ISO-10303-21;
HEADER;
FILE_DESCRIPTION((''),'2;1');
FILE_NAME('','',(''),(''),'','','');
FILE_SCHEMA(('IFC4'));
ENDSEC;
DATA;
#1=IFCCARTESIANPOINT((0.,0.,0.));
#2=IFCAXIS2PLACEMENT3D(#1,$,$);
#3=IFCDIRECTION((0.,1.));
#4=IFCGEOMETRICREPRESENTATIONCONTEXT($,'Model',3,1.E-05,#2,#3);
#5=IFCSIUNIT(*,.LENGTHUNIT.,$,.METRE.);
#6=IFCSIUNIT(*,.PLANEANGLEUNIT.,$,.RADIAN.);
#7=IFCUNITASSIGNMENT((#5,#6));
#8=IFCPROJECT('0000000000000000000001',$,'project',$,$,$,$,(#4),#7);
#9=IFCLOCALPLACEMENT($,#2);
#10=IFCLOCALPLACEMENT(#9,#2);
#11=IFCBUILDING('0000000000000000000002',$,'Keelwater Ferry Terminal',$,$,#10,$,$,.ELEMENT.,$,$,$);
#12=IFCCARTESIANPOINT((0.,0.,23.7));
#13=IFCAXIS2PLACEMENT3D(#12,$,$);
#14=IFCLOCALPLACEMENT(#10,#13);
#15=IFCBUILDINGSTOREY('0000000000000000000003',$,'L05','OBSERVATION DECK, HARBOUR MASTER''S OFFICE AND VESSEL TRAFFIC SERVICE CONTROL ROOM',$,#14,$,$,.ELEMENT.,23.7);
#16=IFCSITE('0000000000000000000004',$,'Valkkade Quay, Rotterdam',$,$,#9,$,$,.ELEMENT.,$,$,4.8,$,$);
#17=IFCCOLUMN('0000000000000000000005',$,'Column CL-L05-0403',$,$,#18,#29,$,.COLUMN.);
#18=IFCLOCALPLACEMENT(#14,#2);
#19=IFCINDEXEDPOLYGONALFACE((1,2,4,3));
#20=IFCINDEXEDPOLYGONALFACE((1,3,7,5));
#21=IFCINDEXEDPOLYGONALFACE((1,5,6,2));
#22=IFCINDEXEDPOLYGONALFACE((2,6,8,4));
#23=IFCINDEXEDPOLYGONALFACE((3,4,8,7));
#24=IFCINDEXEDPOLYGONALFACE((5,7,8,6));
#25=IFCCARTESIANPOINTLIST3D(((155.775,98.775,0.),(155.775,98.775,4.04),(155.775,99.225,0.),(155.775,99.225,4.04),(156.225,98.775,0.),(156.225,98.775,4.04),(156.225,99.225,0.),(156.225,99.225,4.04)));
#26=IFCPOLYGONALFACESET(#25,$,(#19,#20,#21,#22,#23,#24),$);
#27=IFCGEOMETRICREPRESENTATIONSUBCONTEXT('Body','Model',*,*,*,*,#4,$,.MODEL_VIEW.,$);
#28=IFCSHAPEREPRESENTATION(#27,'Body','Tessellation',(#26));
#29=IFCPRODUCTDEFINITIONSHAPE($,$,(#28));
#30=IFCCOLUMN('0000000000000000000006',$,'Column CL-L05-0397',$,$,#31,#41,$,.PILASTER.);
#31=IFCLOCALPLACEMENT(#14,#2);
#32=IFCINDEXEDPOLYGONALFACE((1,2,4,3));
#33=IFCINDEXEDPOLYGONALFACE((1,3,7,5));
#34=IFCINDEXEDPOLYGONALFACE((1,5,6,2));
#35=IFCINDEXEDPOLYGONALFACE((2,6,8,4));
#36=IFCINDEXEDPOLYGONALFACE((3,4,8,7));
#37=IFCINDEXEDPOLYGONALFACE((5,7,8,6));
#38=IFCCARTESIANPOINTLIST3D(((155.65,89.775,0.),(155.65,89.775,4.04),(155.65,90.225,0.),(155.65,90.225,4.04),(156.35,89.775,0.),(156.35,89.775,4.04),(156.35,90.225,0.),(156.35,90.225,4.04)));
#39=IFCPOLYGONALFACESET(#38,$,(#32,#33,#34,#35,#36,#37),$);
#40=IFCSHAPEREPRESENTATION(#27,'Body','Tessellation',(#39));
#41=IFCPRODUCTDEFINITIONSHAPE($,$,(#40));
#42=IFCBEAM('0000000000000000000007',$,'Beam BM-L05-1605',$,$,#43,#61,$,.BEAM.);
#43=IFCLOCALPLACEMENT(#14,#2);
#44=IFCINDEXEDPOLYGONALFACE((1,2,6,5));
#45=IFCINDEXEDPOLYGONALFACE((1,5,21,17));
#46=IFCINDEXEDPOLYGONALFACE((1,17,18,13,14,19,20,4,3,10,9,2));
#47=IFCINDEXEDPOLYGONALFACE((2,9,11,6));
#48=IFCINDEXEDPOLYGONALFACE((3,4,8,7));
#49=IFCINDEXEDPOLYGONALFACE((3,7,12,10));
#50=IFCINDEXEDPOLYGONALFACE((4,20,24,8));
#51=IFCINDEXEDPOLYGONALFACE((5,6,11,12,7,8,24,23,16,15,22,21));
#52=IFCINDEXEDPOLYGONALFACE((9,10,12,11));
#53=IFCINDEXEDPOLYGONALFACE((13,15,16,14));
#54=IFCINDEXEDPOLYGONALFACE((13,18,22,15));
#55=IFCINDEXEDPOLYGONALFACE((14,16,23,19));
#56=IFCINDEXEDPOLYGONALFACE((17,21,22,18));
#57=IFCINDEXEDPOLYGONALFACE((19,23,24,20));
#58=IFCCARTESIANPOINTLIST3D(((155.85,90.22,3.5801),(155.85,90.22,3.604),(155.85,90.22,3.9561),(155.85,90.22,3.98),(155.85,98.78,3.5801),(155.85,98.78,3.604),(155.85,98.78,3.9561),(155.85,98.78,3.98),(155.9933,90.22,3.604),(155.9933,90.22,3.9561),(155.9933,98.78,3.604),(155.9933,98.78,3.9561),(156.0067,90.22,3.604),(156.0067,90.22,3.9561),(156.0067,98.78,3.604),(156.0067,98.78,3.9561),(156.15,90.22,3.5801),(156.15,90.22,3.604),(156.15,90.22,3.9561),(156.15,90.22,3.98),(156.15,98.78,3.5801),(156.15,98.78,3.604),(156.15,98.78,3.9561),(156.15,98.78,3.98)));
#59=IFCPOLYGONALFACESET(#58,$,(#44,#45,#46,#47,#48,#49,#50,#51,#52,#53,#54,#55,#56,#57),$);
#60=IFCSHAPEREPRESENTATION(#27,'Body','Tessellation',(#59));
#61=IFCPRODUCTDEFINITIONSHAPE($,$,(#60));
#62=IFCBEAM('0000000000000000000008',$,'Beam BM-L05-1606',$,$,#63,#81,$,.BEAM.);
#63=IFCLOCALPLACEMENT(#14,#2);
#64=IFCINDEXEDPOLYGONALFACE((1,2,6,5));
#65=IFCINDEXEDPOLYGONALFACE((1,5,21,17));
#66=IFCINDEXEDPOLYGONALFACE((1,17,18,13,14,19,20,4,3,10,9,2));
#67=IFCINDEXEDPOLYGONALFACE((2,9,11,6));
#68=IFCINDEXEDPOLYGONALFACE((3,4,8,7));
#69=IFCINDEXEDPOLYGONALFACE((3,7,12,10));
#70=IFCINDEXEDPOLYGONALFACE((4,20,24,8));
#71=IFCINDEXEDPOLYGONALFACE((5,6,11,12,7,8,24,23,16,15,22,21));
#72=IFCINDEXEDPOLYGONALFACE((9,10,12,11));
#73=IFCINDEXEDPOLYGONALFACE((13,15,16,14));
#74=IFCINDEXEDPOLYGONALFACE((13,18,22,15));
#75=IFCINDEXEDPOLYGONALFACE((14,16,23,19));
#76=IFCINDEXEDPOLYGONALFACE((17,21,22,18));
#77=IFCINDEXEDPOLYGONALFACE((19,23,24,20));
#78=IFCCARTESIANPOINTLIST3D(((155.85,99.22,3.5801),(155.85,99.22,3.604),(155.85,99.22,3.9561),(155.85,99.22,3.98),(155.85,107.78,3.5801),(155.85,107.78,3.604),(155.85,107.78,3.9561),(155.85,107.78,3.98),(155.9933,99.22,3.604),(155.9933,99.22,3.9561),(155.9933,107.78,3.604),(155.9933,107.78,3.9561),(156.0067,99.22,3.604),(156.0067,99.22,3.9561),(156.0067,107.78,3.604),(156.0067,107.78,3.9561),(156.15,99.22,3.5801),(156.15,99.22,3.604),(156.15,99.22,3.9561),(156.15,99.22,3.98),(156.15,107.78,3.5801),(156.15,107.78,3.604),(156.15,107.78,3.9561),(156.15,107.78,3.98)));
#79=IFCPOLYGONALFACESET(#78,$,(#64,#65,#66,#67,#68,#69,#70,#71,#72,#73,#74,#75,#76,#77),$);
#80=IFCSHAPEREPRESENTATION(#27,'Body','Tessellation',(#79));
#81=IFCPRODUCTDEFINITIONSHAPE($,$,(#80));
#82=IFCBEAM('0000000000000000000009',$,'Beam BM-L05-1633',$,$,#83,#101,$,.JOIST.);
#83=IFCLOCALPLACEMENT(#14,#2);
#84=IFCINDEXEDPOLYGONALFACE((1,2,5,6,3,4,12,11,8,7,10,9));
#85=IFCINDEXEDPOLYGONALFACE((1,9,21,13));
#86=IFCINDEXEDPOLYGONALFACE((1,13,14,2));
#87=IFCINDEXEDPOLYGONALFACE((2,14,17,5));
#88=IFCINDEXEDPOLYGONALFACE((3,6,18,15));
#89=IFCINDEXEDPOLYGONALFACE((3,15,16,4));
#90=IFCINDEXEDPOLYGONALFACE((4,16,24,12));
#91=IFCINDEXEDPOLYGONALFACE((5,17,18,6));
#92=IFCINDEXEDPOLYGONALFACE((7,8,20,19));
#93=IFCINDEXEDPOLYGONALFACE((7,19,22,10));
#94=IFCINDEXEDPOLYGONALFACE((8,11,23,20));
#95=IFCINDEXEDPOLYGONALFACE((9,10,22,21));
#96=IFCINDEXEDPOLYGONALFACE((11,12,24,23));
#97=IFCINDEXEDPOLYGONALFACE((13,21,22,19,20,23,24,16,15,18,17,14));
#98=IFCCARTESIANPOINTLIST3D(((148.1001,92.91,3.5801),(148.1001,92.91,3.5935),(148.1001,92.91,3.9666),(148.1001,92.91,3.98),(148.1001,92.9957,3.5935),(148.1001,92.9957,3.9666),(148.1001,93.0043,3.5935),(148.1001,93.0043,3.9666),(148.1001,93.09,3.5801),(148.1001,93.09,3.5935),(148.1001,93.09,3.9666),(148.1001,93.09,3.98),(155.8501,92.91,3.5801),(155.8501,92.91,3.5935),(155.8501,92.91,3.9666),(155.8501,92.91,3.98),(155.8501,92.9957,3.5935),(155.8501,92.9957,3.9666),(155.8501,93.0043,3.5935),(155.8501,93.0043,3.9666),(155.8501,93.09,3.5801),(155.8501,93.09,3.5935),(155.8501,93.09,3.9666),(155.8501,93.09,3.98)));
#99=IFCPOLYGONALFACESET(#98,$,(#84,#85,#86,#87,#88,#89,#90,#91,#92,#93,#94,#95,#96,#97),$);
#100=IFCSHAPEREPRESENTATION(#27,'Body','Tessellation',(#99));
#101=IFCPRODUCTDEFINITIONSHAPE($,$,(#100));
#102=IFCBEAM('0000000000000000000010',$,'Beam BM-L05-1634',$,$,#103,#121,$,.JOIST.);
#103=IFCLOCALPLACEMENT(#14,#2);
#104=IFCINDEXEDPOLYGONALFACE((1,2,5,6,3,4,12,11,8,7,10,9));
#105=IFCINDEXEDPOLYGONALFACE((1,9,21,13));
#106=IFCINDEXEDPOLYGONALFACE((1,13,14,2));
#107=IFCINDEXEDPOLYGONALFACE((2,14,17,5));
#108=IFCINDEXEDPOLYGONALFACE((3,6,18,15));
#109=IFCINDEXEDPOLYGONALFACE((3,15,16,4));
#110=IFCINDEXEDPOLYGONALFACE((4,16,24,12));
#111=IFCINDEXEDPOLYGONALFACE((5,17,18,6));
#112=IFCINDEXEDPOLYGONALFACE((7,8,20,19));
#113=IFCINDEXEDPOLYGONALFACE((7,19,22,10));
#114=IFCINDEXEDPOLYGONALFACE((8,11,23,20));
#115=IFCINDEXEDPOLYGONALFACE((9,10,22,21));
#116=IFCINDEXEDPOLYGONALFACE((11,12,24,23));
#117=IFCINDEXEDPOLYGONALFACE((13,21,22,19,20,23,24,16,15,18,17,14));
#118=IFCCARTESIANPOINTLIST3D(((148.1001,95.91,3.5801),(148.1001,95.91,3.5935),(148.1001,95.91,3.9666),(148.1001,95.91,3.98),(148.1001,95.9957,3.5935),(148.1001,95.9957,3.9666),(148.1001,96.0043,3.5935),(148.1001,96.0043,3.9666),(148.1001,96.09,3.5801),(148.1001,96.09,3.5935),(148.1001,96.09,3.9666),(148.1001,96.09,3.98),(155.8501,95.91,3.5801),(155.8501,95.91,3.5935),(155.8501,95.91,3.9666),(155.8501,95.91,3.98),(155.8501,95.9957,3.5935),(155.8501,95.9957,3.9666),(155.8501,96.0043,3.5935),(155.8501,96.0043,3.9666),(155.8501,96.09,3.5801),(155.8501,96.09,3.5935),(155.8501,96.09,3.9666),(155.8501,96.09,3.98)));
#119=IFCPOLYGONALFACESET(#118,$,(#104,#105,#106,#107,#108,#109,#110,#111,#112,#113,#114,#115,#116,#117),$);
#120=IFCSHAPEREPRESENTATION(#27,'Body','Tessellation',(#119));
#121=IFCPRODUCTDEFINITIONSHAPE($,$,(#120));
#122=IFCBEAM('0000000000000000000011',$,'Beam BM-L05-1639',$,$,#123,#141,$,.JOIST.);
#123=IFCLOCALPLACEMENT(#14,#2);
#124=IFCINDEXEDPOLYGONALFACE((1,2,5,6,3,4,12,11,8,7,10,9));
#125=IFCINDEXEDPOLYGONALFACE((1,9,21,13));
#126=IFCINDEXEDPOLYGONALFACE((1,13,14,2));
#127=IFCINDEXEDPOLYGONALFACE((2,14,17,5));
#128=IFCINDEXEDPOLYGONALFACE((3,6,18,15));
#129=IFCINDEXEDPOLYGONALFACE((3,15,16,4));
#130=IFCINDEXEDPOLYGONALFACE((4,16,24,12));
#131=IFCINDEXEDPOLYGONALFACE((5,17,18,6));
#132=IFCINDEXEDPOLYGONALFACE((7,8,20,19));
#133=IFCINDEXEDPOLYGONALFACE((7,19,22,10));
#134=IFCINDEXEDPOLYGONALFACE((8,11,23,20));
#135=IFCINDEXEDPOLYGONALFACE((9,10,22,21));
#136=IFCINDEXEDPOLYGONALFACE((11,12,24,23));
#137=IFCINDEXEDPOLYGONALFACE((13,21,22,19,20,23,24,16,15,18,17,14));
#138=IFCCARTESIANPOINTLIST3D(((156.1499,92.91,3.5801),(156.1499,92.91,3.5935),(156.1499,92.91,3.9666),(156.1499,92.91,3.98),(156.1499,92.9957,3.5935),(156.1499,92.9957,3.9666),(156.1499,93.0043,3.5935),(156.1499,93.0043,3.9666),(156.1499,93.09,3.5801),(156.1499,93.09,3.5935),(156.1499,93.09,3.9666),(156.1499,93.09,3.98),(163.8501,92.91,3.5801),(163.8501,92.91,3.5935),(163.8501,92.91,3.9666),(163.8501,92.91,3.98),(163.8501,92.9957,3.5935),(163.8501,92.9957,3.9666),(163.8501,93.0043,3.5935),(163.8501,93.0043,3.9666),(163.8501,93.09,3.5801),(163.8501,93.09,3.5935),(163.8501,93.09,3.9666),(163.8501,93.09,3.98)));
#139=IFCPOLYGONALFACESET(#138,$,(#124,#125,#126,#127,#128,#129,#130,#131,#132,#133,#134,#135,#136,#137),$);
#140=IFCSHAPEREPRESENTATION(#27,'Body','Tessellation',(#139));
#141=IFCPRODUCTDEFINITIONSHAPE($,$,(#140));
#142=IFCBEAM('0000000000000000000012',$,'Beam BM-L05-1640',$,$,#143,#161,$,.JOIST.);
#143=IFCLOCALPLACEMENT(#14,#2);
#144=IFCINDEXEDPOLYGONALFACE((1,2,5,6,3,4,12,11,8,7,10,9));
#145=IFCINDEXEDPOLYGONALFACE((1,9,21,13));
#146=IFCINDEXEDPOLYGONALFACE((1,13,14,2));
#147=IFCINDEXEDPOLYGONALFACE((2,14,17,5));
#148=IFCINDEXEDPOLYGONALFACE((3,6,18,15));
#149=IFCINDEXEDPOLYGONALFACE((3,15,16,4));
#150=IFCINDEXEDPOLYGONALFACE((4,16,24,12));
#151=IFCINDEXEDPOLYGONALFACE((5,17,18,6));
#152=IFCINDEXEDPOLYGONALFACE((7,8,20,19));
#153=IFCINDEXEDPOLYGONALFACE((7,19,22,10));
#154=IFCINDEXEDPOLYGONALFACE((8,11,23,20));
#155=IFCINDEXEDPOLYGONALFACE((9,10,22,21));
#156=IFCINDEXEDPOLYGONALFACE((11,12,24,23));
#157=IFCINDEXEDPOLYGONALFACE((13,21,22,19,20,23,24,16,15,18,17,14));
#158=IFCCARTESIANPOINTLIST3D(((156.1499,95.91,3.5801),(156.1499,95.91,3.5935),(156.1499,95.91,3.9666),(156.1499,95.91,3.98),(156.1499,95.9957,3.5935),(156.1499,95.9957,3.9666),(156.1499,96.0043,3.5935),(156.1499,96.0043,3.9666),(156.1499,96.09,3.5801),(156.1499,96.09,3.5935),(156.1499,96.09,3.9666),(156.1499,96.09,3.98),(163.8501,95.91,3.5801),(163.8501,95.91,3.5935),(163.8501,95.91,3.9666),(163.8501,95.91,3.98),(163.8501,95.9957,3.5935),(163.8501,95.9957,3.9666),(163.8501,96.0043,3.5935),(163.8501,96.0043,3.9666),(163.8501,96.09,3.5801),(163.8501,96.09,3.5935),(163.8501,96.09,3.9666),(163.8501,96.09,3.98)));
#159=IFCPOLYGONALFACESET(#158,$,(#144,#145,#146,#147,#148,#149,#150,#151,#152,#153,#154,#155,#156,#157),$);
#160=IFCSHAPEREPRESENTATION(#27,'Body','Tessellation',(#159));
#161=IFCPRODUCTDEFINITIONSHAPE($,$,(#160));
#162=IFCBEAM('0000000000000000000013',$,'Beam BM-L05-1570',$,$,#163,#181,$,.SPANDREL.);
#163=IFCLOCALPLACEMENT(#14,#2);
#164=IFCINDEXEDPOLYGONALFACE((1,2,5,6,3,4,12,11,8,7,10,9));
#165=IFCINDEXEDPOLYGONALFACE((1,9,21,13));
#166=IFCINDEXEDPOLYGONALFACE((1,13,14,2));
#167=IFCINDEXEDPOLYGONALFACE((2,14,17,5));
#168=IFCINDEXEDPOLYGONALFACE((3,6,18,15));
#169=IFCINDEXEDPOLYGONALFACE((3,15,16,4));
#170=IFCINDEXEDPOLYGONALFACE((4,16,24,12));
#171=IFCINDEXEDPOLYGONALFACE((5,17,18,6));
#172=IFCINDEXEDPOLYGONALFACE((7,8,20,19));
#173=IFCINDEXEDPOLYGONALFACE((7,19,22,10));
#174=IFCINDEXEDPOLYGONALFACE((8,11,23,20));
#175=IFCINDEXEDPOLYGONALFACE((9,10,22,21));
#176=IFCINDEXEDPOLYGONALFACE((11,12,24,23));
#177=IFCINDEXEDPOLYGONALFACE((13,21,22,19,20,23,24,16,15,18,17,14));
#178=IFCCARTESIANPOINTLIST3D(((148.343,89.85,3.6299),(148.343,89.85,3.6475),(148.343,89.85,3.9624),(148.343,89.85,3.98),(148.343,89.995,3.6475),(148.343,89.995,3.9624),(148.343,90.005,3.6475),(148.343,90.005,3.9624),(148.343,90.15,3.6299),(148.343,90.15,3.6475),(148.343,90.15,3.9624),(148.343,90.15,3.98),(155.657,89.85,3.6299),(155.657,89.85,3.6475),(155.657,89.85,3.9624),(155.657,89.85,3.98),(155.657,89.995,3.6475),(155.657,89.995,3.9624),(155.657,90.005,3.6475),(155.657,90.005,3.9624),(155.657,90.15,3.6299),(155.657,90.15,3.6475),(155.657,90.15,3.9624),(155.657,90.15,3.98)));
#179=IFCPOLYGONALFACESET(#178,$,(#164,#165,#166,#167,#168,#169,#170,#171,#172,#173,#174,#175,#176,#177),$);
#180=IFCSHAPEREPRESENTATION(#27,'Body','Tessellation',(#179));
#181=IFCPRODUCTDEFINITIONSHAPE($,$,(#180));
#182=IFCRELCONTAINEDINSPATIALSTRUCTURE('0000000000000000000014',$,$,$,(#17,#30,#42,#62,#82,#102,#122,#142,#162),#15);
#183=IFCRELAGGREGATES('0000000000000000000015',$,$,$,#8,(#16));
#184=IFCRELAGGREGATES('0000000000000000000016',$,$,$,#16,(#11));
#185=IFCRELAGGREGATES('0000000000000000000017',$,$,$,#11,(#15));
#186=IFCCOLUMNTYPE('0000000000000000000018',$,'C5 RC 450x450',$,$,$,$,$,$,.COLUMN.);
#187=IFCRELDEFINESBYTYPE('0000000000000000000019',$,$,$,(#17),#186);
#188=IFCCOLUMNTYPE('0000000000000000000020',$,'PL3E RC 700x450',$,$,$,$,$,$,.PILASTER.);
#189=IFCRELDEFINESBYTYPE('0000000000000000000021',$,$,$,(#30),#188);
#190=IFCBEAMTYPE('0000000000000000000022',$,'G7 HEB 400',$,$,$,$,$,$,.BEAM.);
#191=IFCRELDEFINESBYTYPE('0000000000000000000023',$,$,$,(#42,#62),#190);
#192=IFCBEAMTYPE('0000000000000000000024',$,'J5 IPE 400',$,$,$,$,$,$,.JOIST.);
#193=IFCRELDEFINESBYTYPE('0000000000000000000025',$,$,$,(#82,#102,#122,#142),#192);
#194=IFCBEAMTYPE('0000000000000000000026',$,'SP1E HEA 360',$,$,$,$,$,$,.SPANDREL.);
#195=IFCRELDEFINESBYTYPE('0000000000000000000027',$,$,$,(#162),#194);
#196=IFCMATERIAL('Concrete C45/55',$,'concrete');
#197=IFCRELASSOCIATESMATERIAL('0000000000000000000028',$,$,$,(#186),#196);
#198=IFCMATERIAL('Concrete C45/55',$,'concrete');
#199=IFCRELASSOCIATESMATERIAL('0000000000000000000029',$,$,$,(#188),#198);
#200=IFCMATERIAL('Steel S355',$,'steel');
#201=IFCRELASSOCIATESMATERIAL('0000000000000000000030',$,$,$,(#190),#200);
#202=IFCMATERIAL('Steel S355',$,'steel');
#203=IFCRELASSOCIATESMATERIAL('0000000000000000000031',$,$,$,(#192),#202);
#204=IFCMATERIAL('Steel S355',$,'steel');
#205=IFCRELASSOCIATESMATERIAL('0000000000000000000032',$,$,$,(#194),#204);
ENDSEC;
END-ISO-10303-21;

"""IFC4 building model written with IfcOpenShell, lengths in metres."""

from ifc_helpers import new_model, si_unit, direction, frame, origin, origin_2d, place, context, subcontext, project, spatial, rectangle, i_section, extrude, material, material_profile, profile_set, type_object, element, save


model = new_model("IFC4")

# Units and contexts
model_context = context("Model", 3, precision=1e-05, world=origin(), true_north=direction((0.0, 1.0)))
body_context = subcontext(model_context, "Body", "Model", "MODEL_VIEW")
ifc_project = project(units=[si_unit("LENGTHUNIT", "METRE"), si_unit("PLANEANGLEUNIT", "RADIAN")], contexts=[model_context])

# Site, building, storey
site_placement = place(None, origin())
site = spatial("IfcSite", under=ifc_project, at=site_placement, Name="Valkkade Quay, Rotterdam", CompositionType="ELEMENT", RefElevation=4.8)
building_placement = place(site_placement, origin())
building = spatial("IfcBuilding", under=site, at=building_placement, Name="Keelwater Ferry Terminal", CompositionType="ELEMENT")
storey_placement = place(building_placement, frame((0.0, 0.0, 23.7)))
storey = spatial("IfcBuildingStorey", under=building, at=storey_placement, Name="L05", Description="OBSERVATION DECK, HARBOUR MASTER'S OFFICE AND VESSEL TRAFFIC SERVICE CONTROL ROOM", CompositionType="ELEMENT", Elevation=23.7)

# Columns
ifc_material_1 = material(Name="Concrete C45/55", Category="concrete")
ifc_material_profile_1 = material_profile(ifc_material_1, rectangle(XDim=0.45, YDim=0.45, at=origin_2d()), Name="RC 450x450")
ifc_profile_set_1 = profile_set([ifc_material_profile_1], Name="Concrete C45/55")
column_type_1 = type_object("IfcColumnType", Name="C5 RC 450x450", PredefinedType="COLUMN", material=ifc_profile_set_1)
column_1_placement = place(storey_placement, frame((156.0, 99.0, 0.0), z_axis=(0.0, 0.0, 1.0), x_axis=(1.0, 0.0, 0.0)))
element("IfcColumn", 1, at=column_1_placement, inside=storey, type_object=column_type_1, Name="Column CL-L05-0403", PredefinedType="COLUMN", context=body_context, shape_type="SweptSolid", body=[
    extrude(rectangle(XDim=0.45, YDim=0.45, at=origin_2d()), origin(), (0.0, 0.0, 1.0), 4.04),
])
ifc_material_2 = material(Name="Concrete C45/55", Category="concrete")
ifc_material_profile_2 = material_profile(ifc_material_2, rectangle(XDim=0.45, YDim=0.7, at=origin_2d()), Name="RC 700x450")
ifc_profile_set_2 = profile_set([ifc_material_profile_2], Name="Concrete C45/55")
column_type_2 = type_object("IfcColumnType", Name="PL3E RC 700x450", PredefinedType="PILASTER", material=ifc_profile_set_2)
column_2_placement = place(storey_placement, frame((156.0, 90.0, 0.0), z_axis=(0.0, 0.0, 1.0), x_axis=(0.0, 1.0, 0.0)))
element("IfcColumn", 2, at=column_2_placement, inside=storey, type_object=column_type_2, Name="Column CL-L05-0397", PredefinedType="PILASTER", context=body_context, shape_type="SweptSolid", body=[
    extrude(rectangle(XDim=0.45, YDim=0.7, at=origin_2d()), origin(), (0.0, 0.0, 1.0), 4.04),
])

# Beams
ifc_material_3 = material(Name="Steel S355", Category="steel")
ifc_material_profile_3 = material_profile(ifc_material_3, i_section(OverallWidth=0.3, OverallDepth=0.3999, WebThickness=0.0134, FlangeThickness=0.0239, at=origin_2d()), Name="HEB 400")
ifc_profile_set_3 = profile_set([ifc_material_profile_3], Name="Steel S355")
beam_type_1 = type_object("IfcBeamType", Name="G7 HEB 400", PredefinedType="BEAM", material=ifc_profile_set_3)
for number, where, z_axis, x_axis, name in (
    (3, (156.0, 90.22, 3.78), (0.0, 1.0, 0.0), (-1.0, 0.0, 0.0), "Beam BM-L05-1605"),
    (4, (156.0, 99.22, 3.78), (0.0, 1.0, 0.0), (-1.0, 0.0, 0.0), "Beam BM-L05-1606"),
):
    element("IfcBeam", number, at=place(storey_placement, frame(where, z_axis=z_axis, x_axis=x_axis)), inside=storey, type_object=beam_type_1, Name=name, PredefinedType="BEAM", context=body_context, shape_type="SweptSolid", body=[
        extrude(i_section(OverallWidth=0.3, OverallDepth=0.3999, WebThickness=0.0134, FlangeThickness=0.0239, at=origin_2d()), origin(), (0.0, 0.0, 1.0), 8.5601),
    ])
ifc_material_4 = material(Name="Steel S355", Category="steel")
ifc_material_profile_4 = material_profile(ifc_material_4, i_section(OverallWidth=0.1799, OverallDepth=0.3999, WebThickness=0.0085, FlangeThickness=0.0134, at=origin_2d()), Name="IPE 400")
ifc_profile_set_4 = profile_set([ifc_material_profile_4], Name="Steel S355")
beam_type_2 = type_object("IfcBeamType", Name="J5 IPE 400", PredefinedType="JOIST", material=ifc_profile_set_4)
for number, where, z_axis, x_axis, name in (
    (5, (148.1001, 93.0, 3.78), (1.0, 0.0, 0.0), (0.0, 1.0, 0.0), "Beam BM-L05-1633"),
    (6, (148.1001, 96.0, 3.78), (1.0, 0.0, 0.0), (0.0, 1.0, 0.0), "Beam BM-L05-1634"),
):
    element("IfcBeam", number, at=place(storey_placement, frame(where, z_axis=z_axis, x_axis=x_axis)), inside=storey, type_object=beam_type_2, Name=name, PredefinedType="JOIST", context=body_context, shape_type="SweptSolid", body=[
        extrude(i_section(OverallWidth=0.1799, OverallDepth=0.3999, WebThickness=0.0085, FlangeThickness=0.0134, at=origin_2d()), origin(), (0.0, 0.0, 1.0), 7.75),
    ])
for number, where, z_axis, x_axis, name in (
    (7, (156.1499, 93.0, 3.78), (1.0, 0.0, 0.0), (0.0, 1.0, 0.0), "Beam BM-L05-1639"),
    (8, (156.1499, 96.0, 3.78), (1.0, 0.0, 0.0), (0.0, 1.0, 0.0), "Beam BM-L05-1640"),
):
    element("IfcBeam", number, at=place(storey_placement, frame(where, z_axis=z_axis, x_axis=x_axis)), inside=storey, type_object=beam_type_2, Name=name, PredefinedType="JOIST", context=body_context, shape_type="SweptSolid", body=[
        extrude(i_section(OverallWidth=0.1799, OverallDepth=0.3999, WebThickness=0.0085, FlangeThickness=0.0134, at=origin_2d()), origin(), (0.0, 0.0, 1.0), 7.7002),
    ])
ifc_material_5 = material(Name="Steel S355", Category="steel")
ifc_material_profile_5 = material_profile(ifc_material_5, i_section(OverallWidth=0.3, OverallDepth=0.3501, WebThickness=0.01, FlangeThickness=0.0176, at=origin_2d()), Name="HEA 360")
ifc_profile_set_5 = profile_set([ifc_material_profile_5], Name="Steel S355")
beam_type_3 = type_object("IfcBeamType", Name="SP1E HEA 360", PredefinedType="SPANDREL", material=ifc_profile_set_5)
for number, where, z_axis, x_axis, name in (
    (9, (148.343, 90.0, 3.8049), (1.0, 0.0, 0.0), (0.0, 1.0, 0.0), "Beam BM-L05-1570"),
):
    element("IfcBeam", number, at=place(storey_placement, frame(where, z_axis=z_axis, x_axis=x_axis)), inside=storey, type_object=beam_type_3, Name=name, PredefinedType="SPANDREL", context=body_context, shape_type="SweptSolid", body=[
        extrude(i_section(OverallWidth=0.3, OverallDepth=0.3501, WebThickness=0.01, FlangeThickness=0.0176, at=origin_2d()), origin(), (0.0, 0.0, 1.0), 7.314),
    ])

save(model, "model.ifc")
